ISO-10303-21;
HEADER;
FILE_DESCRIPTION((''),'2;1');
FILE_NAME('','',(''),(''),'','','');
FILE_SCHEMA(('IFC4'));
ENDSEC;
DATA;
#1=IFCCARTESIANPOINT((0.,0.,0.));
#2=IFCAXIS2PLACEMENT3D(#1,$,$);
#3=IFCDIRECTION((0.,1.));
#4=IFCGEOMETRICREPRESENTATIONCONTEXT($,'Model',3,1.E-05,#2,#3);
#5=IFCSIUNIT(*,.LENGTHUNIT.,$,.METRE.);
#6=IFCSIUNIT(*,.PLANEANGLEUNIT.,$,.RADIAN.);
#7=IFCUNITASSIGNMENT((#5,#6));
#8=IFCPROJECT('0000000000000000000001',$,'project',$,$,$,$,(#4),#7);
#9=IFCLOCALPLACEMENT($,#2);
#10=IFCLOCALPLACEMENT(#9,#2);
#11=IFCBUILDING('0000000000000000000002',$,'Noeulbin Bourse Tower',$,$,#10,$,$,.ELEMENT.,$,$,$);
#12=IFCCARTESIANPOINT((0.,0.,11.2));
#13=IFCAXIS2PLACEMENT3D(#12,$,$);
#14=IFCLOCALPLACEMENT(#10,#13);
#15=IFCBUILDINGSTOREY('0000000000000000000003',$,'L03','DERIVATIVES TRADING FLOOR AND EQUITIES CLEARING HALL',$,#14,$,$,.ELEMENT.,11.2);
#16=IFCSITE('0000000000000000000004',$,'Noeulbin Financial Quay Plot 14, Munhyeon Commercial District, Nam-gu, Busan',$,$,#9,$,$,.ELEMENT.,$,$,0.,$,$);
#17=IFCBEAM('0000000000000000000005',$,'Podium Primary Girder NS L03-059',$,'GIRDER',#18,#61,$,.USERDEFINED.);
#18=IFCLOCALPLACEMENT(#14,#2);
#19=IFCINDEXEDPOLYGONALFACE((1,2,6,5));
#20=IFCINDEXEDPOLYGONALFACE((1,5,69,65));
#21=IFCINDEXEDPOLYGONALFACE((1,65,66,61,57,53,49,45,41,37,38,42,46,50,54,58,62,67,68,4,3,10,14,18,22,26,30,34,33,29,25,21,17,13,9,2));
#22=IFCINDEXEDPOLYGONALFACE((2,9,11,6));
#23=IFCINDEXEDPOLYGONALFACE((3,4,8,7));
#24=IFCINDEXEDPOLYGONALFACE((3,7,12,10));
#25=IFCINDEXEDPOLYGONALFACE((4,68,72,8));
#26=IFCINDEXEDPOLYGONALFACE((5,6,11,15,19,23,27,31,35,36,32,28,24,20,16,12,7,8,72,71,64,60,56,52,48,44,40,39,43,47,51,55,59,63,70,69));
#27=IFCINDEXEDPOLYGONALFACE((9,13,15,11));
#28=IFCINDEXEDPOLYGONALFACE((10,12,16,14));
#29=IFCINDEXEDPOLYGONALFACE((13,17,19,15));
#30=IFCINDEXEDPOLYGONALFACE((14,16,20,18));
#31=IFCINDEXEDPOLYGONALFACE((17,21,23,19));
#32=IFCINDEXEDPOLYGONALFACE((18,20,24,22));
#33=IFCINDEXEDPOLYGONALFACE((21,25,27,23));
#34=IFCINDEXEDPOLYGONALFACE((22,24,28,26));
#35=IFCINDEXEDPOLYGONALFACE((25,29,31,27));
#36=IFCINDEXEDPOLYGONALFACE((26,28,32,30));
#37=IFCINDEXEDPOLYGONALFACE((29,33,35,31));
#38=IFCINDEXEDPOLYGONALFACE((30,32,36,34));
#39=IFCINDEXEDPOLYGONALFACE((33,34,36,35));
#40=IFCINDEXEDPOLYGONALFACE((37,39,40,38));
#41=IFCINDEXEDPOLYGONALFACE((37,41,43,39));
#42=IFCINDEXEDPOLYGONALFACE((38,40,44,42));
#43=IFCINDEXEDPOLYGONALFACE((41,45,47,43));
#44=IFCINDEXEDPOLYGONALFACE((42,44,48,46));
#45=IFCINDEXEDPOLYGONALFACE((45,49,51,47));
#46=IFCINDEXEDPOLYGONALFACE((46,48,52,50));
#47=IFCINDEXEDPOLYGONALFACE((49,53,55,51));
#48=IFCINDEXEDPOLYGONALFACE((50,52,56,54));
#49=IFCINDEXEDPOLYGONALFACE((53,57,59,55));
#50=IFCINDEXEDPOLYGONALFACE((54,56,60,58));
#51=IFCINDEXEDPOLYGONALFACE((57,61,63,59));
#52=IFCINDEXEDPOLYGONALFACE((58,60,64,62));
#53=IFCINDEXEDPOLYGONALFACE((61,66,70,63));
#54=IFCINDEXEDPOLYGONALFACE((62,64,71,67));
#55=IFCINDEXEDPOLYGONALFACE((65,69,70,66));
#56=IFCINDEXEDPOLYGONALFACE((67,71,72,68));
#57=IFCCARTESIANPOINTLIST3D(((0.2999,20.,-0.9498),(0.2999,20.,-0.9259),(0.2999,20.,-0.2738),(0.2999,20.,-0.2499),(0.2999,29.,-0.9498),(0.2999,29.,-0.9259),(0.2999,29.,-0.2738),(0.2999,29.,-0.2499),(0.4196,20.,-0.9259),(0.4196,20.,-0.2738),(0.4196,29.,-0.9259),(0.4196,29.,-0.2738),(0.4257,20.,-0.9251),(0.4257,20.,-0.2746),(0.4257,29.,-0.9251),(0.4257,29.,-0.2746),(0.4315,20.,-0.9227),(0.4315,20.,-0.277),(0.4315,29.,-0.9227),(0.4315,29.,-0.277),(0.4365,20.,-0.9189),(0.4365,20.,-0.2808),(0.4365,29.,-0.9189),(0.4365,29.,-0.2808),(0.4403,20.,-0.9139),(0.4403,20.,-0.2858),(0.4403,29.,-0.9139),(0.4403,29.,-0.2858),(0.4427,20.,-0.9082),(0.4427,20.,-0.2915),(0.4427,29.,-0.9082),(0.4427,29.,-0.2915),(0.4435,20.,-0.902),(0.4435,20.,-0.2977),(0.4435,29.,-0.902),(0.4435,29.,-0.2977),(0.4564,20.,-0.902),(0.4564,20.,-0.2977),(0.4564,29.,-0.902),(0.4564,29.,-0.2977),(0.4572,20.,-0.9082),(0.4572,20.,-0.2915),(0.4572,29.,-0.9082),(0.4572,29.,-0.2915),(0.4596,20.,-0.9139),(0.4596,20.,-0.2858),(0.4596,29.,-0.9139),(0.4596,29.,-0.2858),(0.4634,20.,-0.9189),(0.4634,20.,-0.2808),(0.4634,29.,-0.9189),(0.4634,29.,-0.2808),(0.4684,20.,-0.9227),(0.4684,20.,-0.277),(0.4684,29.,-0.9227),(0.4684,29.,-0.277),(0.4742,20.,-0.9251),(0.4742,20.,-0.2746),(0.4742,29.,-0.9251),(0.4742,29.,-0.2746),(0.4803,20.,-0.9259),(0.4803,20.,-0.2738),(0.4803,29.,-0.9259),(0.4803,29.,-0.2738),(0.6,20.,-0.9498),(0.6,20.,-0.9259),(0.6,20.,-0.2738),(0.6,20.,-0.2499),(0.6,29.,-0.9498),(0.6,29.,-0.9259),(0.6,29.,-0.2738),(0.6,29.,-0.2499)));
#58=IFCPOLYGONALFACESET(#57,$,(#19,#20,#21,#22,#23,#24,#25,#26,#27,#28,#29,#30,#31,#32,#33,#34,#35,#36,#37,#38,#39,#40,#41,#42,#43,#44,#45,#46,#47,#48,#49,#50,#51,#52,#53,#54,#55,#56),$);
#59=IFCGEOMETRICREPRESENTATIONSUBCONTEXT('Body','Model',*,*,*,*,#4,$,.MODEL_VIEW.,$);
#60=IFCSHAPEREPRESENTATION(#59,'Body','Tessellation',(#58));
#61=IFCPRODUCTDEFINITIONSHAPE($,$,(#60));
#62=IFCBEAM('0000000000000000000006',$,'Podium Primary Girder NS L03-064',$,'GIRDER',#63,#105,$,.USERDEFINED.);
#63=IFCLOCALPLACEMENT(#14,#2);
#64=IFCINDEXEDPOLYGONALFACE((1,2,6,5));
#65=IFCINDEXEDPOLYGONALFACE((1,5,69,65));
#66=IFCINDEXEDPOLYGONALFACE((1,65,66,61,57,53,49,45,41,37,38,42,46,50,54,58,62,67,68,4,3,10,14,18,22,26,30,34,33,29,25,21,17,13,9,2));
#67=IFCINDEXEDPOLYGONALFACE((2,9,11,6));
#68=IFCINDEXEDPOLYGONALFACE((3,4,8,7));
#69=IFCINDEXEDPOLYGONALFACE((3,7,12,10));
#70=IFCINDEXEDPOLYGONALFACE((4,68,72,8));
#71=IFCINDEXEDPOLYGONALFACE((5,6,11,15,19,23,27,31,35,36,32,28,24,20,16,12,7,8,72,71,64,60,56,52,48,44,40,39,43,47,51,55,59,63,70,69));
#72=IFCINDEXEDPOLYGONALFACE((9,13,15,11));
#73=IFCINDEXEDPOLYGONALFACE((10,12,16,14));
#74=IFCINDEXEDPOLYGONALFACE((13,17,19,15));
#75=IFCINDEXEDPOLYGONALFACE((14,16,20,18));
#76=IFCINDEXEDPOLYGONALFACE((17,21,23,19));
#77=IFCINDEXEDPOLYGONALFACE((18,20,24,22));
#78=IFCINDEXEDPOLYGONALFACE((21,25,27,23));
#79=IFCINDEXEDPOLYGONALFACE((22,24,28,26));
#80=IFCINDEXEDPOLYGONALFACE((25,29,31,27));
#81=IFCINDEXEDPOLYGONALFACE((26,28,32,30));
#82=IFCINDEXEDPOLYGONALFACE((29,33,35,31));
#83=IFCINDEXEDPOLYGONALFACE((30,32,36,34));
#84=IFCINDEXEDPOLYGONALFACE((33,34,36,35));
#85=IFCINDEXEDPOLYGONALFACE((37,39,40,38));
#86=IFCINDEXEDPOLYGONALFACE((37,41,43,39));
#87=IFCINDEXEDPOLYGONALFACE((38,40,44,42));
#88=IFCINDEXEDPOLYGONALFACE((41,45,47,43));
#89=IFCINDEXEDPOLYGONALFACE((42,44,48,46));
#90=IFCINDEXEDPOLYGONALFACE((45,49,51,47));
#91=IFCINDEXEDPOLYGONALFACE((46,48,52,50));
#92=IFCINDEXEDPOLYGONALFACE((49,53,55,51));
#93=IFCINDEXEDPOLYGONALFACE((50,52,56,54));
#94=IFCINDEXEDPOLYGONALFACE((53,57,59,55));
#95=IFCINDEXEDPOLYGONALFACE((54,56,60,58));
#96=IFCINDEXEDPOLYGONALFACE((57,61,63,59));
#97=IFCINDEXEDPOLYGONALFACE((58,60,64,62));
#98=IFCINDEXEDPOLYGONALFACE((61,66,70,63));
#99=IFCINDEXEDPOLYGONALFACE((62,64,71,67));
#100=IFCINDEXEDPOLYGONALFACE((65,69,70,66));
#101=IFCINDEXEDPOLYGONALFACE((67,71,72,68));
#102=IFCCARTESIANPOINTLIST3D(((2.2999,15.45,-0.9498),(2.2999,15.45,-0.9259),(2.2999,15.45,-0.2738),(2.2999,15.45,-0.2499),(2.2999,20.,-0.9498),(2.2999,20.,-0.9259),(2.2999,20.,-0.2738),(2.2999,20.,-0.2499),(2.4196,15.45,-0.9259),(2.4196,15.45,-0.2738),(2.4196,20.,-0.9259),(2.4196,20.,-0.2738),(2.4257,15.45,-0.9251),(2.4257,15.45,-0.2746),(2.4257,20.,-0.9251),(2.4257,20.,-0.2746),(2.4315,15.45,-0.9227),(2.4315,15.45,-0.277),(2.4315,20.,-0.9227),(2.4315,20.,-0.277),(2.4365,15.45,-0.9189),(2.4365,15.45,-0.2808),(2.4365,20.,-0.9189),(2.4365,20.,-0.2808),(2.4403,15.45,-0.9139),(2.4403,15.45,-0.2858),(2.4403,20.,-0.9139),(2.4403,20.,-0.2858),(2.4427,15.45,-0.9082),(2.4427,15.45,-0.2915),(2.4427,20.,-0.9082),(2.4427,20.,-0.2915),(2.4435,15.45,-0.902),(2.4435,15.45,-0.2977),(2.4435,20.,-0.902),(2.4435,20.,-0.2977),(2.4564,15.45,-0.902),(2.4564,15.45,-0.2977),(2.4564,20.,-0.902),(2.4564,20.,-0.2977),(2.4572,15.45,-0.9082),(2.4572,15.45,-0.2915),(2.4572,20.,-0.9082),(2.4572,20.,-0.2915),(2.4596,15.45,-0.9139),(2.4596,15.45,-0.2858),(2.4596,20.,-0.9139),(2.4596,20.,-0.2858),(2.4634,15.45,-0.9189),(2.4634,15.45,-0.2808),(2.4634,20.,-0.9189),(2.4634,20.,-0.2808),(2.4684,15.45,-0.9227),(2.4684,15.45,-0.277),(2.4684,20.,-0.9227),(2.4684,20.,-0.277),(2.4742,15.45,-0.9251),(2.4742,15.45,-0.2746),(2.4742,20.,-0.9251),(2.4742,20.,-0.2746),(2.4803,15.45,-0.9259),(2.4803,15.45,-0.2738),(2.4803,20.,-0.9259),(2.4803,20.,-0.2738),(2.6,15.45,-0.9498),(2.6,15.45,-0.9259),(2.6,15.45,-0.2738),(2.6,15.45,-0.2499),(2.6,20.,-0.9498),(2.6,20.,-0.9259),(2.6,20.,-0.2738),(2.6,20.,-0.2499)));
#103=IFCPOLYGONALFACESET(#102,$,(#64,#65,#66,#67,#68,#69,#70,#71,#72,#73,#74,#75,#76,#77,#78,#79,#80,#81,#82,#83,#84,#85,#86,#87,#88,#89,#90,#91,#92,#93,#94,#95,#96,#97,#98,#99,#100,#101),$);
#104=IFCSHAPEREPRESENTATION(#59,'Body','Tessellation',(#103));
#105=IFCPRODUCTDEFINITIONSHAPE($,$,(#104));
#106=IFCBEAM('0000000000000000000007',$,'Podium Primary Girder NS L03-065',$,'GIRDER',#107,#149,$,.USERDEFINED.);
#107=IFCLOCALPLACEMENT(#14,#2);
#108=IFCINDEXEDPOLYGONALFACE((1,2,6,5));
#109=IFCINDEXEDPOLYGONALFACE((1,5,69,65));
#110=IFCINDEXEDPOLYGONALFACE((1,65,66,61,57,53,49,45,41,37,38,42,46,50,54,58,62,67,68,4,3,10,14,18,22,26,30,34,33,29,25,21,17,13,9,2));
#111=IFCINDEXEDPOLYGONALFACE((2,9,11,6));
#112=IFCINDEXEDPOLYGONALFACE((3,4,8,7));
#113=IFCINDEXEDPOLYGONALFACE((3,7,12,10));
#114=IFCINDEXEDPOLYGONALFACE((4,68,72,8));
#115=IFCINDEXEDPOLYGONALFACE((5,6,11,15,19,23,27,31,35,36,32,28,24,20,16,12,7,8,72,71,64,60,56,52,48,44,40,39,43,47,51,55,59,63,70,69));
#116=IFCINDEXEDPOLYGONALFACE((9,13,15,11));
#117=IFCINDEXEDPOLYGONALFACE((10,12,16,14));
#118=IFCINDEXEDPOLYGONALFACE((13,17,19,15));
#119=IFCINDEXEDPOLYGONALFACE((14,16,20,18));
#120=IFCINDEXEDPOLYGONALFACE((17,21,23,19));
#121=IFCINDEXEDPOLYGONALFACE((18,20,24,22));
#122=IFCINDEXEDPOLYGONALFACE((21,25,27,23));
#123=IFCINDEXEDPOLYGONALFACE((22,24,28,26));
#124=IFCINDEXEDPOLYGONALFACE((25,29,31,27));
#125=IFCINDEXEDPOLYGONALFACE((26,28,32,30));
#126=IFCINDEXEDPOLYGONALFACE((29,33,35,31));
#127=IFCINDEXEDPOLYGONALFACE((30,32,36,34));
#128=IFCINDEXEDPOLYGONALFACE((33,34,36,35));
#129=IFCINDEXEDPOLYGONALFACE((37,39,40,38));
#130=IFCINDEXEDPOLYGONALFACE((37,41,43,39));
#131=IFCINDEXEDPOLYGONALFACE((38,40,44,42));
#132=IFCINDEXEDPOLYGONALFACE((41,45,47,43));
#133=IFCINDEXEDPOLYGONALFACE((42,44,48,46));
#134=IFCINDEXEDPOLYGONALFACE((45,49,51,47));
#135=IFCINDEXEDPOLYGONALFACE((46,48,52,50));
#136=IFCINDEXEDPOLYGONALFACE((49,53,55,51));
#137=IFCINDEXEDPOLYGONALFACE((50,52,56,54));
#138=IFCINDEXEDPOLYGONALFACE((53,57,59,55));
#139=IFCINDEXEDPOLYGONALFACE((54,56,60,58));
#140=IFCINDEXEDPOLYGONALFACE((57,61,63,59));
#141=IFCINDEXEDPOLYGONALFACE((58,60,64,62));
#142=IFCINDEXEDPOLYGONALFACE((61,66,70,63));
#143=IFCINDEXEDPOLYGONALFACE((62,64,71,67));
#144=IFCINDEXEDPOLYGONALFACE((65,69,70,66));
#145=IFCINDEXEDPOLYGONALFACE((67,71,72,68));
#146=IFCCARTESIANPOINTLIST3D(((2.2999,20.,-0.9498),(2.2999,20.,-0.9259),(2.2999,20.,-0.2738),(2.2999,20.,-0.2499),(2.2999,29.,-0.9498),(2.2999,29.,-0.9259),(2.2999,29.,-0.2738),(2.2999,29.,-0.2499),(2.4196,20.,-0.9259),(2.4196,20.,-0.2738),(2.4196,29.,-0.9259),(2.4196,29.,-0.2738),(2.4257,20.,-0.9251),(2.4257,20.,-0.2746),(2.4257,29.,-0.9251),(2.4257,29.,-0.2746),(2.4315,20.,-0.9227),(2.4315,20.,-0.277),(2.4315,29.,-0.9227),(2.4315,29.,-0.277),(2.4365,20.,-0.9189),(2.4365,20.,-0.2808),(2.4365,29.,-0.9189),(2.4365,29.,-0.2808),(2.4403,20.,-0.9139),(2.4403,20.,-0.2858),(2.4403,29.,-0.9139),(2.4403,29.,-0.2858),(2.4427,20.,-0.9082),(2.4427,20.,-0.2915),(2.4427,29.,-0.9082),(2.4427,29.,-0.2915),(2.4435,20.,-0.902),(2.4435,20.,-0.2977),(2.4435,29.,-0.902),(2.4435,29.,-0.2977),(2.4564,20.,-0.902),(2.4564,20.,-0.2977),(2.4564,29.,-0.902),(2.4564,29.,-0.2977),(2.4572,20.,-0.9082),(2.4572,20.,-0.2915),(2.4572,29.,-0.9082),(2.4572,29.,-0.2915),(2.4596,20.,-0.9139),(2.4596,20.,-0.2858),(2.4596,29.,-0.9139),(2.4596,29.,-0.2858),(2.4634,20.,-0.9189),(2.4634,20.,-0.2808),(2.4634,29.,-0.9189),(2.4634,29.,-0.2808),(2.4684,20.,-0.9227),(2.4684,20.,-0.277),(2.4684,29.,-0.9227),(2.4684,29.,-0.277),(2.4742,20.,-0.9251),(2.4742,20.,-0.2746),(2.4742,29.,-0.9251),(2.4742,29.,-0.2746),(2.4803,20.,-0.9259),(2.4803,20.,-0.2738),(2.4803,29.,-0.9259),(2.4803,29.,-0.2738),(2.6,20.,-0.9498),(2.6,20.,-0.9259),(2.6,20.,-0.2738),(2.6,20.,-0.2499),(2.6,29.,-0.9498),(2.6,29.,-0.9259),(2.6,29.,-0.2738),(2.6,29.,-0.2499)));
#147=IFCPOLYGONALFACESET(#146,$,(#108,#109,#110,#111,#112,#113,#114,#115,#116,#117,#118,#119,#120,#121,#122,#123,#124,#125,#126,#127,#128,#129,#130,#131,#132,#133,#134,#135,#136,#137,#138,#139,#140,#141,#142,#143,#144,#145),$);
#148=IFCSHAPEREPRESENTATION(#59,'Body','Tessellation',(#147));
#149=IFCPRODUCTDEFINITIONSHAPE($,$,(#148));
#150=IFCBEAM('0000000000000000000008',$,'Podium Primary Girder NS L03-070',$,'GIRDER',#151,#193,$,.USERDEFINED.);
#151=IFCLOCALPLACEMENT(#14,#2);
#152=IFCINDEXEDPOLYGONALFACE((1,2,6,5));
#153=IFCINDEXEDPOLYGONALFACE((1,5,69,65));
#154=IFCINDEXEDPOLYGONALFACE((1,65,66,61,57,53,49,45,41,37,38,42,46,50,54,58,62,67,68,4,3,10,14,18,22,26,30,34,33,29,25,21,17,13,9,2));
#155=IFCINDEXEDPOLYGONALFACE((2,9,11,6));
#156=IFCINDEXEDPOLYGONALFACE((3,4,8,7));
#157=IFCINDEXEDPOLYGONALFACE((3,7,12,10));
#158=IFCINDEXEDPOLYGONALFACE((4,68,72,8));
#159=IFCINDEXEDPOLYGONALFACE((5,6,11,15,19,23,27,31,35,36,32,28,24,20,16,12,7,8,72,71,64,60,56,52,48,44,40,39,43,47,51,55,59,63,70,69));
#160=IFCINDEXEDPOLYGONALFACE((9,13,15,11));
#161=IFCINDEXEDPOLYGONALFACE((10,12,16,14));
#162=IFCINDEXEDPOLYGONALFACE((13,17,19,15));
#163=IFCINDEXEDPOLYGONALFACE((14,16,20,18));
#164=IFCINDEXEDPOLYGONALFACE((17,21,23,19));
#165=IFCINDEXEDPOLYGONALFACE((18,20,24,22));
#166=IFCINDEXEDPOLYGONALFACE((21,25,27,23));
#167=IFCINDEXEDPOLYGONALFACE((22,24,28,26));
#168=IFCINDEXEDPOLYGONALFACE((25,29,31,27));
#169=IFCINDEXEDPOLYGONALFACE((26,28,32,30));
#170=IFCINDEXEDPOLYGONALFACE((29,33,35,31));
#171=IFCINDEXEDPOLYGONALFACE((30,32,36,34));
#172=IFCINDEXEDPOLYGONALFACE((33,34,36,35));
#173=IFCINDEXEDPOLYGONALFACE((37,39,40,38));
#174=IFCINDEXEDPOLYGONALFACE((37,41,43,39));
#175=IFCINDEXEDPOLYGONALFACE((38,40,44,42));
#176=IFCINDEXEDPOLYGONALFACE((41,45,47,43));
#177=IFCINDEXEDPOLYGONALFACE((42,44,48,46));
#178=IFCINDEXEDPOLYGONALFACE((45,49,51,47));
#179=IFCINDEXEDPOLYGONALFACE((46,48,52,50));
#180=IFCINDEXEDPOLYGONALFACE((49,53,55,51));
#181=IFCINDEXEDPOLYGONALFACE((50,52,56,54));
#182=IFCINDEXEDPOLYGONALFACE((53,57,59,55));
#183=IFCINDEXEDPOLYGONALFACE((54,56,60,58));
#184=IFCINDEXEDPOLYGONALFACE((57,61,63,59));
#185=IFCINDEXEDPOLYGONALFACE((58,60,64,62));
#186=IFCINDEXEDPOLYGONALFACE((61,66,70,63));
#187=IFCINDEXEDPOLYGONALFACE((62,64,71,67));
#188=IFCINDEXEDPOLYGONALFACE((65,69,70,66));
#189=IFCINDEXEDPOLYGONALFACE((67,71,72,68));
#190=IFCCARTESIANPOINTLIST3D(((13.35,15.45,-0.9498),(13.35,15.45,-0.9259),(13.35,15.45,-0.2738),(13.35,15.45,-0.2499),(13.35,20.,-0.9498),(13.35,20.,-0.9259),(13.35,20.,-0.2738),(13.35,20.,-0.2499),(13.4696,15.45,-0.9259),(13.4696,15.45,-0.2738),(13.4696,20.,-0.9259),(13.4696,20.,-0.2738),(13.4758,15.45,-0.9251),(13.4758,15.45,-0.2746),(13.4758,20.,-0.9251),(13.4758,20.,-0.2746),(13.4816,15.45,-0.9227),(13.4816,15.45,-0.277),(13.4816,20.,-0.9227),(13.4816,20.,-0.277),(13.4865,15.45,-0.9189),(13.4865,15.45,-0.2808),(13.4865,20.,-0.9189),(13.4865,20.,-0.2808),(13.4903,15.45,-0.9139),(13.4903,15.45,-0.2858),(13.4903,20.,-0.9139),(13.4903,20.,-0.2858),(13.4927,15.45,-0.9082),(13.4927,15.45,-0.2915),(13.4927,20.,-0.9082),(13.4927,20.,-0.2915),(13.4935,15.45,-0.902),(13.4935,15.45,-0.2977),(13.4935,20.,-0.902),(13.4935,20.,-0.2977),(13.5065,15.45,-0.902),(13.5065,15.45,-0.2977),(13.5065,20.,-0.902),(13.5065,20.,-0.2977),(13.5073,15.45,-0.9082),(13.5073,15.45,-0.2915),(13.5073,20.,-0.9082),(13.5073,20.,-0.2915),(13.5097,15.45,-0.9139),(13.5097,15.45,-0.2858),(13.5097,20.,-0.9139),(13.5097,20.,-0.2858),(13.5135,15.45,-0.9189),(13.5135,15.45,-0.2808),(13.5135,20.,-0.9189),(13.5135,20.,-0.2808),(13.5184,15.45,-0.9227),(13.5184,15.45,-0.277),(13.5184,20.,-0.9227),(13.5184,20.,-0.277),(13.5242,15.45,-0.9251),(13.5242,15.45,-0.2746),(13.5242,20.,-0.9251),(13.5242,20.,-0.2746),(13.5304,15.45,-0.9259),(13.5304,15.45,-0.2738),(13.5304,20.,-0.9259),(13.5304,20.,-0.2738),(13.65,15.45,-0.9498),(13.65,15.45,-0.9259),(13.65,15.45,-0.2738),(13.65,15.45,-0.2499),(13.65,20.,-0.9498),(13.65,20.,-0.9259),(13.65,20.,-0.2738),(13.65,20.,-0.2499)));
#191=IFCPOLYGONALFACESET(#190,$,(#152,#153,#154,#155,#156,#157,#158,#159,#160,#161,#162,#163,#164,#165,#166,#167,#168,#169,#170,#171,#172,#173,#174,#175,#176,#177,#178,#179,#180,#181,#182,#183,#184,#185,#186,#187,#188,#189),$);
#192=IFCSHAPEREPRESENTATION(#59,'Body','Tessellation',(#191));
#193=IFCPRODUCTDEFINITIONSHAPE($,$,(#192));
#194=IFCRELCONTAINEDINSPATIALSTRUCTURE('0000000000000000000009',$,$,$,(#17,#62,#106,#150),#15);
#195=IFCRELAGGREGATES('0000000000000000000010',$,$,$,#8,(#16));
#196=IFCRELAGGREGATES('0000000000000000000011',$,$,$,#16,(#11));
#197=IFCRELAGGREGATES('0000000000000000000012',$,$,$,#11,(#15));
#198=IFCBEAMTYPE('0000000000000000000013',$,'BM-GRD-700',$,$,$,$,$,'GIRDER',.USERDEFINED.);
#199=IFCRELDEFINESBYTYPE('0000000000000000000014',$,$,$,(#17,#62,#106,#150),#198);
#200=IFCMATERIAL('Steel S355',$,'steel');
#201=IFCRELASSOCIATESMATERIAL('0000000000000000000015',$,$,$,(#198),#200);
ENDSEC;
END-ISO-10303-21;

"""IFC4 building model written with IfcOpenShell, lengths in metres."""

from ifc_helpers import new_model, si_unit, direction, frame, origin, origin_2d, place, context, subcontext, project, spatial, i_section, extrude, material, material_profile, profile_set, type_object, element, save


model = new_model("IFC4")

# Units and contexts
model_context = context("Model", 3, precision=1e-05, world=origin(), true_north=direction((0.0, 1.0)))
body_context = subcontext(model_context, "Body", "Model", "MODEL_VIEW")
ifc_project = project(units=[si_unit("LENGTHUNIT", "METRE"), si_unit("PLANEANGLEUNIT", "RADIAN")], contexts=[model_context])

# Site, building, storey
site_placement = place(None, origin())
site = spatial("IfcSite", under=ifc_project, at=site_placement, Name="Noeulbin Financial Quay Plot 14, Munhyeon Commercial District, Nam-gu, Busan", CompositionType="ELEMENT", RefElevation=0.0)
building_placement = place(site_placement, origin())
building = spatial("IfcBuilding", under=site, at=building_placement, Name="Noeulbin Bourse Tower", CompositionType="ELEMENT")
storey_placement = place(building_placement, frame((0.0, 0.0, 11.2)))
storey = spatial("IfcBuildingStorey", under=building, at=storey_placement, Name="L03", Description="DERIVATIVES TRADING FLOOR AND EQUITIES CLEARING HALL", CompositionType="ELEMENT", Elevation=11.2)

# Beams
ifc_material_1 = material(Name="Steel S355", Category="steel")
ifc_material_profile_1 = material_profile(ifc_material_1, i_section(OverallWidth=0.3, OverallDepth=0.7, WebThickness=0.0129, FlangeThickness=0.0239, FilletRadius=0.0239, at=origin_2d()), Name="H-700x300x13x24", Category="LoadBearing")
ifc_profile_set_1 = profile_set([ifc_material_profile_1], Name="Steel S355")
beam_type_1 = type_object("IfcBeamType", Name="BM-GRD-700", ElementType="GIRDER", PredefinedType="USERDEFINED", material=ifc_profile_set_1)
beam_1_placement = place(storey_placement, frame((0.45, 20.0, -0.5999), z_axis=(0.0, 1.0, 0.0), x_axis=(-1.0, 0.0, 0.0)))
element("IfcBeam", 1, at=beam_1_placement, inside=storey, type_object=beam_type_1, Name="Podium Primary Girder NS L03-059", ObjectType="GIRDER", PredefinedType="USERDEFINED", context=body_context, shape_type="SweptSolid", body=[
    extrude(i_section(OverallWidth=0.3, OverallDepth=0.7, WebThickness=0.0129, FlangeThickness=0.0239, FilletRadius=0.0239, at=origin_2d()), origin(), (0.0, 0.0, 1.0), 9.0),
])
beam_2_placement = place(storey_placement, frame((2.45, 15.45, -0.5999), z_axis=(0.0, 1.0, 0.0), x_axis=(-1.0, 0.0, 0.0)))
element("IfcBeam", 2, at=beam_2_placement, inside=storey, type_object=beam_type_1, Name="Podium Primary Girder NS L03-064", ObjectType="GIRDER", PredefinedType="USERDEFINED", context=body_context, shape_type="SweptSolid", body=[
    extrude(i_section(OverallWidth=0.3, OverallDepth=0.7, WebThickness=0.0129, FlangeThickness=0.0239, FilletRadius=0.0239, at=origin_2d()), origin(), (0.0, 0.0, 1.0), 4.55),
])
beam_3_placement = place(storey_placement, frame((2.45, 20.0, -0.5999), z_axis=(0.0, 1.0, 0.0), x_axis=(-1.0, 0.0, 0.0)))
element("IfcBeam", 3, at=beam_3_placement, inside=storey, type_object=beam_type_1, Name="Podium Primary Girder NS L03-065", ObjectType="GIRDER", PredefinedType="USERDEFINED", context=body_context, shape_type="SweptSolid", body=[
    extrude(i_section(OverallWidth=0.3, OverallDepth=0.7, WebThickness=0.0129, FlangeThickness=0.0239, FilletRadius=0.0239, at=origin_2d()), origin(), (0.0, 0.0, 1.0), 9.0),
])
beam_4_placement = place(storey_placement, frame((13.5, 15.45, -0.5999), z_axis=(0.0, 1.0, 0.0), x_axis=(-1.0, 0.0, 0.0)))
element("IfcBeam", 4, at=beam_4_placement, inside=storey, type_object=beam_type_1, Name="Podium Primary Girder NS L03-070", ObjectType="GIRDER", PredefinedType="USERDEFINED", context=body_context, shape_type="SweptSolid", body=[
    extrude(i_section(OverallWidth=0.3, OverallDepth=0.7, WebThickness=0.0129, FlangeThickness=0.0239, FilletRadius=0.0239, at=origin_2d()), origin(), (0.0, 0.0, 1.0), 4.55),
])

save(model, "model.ifc")
